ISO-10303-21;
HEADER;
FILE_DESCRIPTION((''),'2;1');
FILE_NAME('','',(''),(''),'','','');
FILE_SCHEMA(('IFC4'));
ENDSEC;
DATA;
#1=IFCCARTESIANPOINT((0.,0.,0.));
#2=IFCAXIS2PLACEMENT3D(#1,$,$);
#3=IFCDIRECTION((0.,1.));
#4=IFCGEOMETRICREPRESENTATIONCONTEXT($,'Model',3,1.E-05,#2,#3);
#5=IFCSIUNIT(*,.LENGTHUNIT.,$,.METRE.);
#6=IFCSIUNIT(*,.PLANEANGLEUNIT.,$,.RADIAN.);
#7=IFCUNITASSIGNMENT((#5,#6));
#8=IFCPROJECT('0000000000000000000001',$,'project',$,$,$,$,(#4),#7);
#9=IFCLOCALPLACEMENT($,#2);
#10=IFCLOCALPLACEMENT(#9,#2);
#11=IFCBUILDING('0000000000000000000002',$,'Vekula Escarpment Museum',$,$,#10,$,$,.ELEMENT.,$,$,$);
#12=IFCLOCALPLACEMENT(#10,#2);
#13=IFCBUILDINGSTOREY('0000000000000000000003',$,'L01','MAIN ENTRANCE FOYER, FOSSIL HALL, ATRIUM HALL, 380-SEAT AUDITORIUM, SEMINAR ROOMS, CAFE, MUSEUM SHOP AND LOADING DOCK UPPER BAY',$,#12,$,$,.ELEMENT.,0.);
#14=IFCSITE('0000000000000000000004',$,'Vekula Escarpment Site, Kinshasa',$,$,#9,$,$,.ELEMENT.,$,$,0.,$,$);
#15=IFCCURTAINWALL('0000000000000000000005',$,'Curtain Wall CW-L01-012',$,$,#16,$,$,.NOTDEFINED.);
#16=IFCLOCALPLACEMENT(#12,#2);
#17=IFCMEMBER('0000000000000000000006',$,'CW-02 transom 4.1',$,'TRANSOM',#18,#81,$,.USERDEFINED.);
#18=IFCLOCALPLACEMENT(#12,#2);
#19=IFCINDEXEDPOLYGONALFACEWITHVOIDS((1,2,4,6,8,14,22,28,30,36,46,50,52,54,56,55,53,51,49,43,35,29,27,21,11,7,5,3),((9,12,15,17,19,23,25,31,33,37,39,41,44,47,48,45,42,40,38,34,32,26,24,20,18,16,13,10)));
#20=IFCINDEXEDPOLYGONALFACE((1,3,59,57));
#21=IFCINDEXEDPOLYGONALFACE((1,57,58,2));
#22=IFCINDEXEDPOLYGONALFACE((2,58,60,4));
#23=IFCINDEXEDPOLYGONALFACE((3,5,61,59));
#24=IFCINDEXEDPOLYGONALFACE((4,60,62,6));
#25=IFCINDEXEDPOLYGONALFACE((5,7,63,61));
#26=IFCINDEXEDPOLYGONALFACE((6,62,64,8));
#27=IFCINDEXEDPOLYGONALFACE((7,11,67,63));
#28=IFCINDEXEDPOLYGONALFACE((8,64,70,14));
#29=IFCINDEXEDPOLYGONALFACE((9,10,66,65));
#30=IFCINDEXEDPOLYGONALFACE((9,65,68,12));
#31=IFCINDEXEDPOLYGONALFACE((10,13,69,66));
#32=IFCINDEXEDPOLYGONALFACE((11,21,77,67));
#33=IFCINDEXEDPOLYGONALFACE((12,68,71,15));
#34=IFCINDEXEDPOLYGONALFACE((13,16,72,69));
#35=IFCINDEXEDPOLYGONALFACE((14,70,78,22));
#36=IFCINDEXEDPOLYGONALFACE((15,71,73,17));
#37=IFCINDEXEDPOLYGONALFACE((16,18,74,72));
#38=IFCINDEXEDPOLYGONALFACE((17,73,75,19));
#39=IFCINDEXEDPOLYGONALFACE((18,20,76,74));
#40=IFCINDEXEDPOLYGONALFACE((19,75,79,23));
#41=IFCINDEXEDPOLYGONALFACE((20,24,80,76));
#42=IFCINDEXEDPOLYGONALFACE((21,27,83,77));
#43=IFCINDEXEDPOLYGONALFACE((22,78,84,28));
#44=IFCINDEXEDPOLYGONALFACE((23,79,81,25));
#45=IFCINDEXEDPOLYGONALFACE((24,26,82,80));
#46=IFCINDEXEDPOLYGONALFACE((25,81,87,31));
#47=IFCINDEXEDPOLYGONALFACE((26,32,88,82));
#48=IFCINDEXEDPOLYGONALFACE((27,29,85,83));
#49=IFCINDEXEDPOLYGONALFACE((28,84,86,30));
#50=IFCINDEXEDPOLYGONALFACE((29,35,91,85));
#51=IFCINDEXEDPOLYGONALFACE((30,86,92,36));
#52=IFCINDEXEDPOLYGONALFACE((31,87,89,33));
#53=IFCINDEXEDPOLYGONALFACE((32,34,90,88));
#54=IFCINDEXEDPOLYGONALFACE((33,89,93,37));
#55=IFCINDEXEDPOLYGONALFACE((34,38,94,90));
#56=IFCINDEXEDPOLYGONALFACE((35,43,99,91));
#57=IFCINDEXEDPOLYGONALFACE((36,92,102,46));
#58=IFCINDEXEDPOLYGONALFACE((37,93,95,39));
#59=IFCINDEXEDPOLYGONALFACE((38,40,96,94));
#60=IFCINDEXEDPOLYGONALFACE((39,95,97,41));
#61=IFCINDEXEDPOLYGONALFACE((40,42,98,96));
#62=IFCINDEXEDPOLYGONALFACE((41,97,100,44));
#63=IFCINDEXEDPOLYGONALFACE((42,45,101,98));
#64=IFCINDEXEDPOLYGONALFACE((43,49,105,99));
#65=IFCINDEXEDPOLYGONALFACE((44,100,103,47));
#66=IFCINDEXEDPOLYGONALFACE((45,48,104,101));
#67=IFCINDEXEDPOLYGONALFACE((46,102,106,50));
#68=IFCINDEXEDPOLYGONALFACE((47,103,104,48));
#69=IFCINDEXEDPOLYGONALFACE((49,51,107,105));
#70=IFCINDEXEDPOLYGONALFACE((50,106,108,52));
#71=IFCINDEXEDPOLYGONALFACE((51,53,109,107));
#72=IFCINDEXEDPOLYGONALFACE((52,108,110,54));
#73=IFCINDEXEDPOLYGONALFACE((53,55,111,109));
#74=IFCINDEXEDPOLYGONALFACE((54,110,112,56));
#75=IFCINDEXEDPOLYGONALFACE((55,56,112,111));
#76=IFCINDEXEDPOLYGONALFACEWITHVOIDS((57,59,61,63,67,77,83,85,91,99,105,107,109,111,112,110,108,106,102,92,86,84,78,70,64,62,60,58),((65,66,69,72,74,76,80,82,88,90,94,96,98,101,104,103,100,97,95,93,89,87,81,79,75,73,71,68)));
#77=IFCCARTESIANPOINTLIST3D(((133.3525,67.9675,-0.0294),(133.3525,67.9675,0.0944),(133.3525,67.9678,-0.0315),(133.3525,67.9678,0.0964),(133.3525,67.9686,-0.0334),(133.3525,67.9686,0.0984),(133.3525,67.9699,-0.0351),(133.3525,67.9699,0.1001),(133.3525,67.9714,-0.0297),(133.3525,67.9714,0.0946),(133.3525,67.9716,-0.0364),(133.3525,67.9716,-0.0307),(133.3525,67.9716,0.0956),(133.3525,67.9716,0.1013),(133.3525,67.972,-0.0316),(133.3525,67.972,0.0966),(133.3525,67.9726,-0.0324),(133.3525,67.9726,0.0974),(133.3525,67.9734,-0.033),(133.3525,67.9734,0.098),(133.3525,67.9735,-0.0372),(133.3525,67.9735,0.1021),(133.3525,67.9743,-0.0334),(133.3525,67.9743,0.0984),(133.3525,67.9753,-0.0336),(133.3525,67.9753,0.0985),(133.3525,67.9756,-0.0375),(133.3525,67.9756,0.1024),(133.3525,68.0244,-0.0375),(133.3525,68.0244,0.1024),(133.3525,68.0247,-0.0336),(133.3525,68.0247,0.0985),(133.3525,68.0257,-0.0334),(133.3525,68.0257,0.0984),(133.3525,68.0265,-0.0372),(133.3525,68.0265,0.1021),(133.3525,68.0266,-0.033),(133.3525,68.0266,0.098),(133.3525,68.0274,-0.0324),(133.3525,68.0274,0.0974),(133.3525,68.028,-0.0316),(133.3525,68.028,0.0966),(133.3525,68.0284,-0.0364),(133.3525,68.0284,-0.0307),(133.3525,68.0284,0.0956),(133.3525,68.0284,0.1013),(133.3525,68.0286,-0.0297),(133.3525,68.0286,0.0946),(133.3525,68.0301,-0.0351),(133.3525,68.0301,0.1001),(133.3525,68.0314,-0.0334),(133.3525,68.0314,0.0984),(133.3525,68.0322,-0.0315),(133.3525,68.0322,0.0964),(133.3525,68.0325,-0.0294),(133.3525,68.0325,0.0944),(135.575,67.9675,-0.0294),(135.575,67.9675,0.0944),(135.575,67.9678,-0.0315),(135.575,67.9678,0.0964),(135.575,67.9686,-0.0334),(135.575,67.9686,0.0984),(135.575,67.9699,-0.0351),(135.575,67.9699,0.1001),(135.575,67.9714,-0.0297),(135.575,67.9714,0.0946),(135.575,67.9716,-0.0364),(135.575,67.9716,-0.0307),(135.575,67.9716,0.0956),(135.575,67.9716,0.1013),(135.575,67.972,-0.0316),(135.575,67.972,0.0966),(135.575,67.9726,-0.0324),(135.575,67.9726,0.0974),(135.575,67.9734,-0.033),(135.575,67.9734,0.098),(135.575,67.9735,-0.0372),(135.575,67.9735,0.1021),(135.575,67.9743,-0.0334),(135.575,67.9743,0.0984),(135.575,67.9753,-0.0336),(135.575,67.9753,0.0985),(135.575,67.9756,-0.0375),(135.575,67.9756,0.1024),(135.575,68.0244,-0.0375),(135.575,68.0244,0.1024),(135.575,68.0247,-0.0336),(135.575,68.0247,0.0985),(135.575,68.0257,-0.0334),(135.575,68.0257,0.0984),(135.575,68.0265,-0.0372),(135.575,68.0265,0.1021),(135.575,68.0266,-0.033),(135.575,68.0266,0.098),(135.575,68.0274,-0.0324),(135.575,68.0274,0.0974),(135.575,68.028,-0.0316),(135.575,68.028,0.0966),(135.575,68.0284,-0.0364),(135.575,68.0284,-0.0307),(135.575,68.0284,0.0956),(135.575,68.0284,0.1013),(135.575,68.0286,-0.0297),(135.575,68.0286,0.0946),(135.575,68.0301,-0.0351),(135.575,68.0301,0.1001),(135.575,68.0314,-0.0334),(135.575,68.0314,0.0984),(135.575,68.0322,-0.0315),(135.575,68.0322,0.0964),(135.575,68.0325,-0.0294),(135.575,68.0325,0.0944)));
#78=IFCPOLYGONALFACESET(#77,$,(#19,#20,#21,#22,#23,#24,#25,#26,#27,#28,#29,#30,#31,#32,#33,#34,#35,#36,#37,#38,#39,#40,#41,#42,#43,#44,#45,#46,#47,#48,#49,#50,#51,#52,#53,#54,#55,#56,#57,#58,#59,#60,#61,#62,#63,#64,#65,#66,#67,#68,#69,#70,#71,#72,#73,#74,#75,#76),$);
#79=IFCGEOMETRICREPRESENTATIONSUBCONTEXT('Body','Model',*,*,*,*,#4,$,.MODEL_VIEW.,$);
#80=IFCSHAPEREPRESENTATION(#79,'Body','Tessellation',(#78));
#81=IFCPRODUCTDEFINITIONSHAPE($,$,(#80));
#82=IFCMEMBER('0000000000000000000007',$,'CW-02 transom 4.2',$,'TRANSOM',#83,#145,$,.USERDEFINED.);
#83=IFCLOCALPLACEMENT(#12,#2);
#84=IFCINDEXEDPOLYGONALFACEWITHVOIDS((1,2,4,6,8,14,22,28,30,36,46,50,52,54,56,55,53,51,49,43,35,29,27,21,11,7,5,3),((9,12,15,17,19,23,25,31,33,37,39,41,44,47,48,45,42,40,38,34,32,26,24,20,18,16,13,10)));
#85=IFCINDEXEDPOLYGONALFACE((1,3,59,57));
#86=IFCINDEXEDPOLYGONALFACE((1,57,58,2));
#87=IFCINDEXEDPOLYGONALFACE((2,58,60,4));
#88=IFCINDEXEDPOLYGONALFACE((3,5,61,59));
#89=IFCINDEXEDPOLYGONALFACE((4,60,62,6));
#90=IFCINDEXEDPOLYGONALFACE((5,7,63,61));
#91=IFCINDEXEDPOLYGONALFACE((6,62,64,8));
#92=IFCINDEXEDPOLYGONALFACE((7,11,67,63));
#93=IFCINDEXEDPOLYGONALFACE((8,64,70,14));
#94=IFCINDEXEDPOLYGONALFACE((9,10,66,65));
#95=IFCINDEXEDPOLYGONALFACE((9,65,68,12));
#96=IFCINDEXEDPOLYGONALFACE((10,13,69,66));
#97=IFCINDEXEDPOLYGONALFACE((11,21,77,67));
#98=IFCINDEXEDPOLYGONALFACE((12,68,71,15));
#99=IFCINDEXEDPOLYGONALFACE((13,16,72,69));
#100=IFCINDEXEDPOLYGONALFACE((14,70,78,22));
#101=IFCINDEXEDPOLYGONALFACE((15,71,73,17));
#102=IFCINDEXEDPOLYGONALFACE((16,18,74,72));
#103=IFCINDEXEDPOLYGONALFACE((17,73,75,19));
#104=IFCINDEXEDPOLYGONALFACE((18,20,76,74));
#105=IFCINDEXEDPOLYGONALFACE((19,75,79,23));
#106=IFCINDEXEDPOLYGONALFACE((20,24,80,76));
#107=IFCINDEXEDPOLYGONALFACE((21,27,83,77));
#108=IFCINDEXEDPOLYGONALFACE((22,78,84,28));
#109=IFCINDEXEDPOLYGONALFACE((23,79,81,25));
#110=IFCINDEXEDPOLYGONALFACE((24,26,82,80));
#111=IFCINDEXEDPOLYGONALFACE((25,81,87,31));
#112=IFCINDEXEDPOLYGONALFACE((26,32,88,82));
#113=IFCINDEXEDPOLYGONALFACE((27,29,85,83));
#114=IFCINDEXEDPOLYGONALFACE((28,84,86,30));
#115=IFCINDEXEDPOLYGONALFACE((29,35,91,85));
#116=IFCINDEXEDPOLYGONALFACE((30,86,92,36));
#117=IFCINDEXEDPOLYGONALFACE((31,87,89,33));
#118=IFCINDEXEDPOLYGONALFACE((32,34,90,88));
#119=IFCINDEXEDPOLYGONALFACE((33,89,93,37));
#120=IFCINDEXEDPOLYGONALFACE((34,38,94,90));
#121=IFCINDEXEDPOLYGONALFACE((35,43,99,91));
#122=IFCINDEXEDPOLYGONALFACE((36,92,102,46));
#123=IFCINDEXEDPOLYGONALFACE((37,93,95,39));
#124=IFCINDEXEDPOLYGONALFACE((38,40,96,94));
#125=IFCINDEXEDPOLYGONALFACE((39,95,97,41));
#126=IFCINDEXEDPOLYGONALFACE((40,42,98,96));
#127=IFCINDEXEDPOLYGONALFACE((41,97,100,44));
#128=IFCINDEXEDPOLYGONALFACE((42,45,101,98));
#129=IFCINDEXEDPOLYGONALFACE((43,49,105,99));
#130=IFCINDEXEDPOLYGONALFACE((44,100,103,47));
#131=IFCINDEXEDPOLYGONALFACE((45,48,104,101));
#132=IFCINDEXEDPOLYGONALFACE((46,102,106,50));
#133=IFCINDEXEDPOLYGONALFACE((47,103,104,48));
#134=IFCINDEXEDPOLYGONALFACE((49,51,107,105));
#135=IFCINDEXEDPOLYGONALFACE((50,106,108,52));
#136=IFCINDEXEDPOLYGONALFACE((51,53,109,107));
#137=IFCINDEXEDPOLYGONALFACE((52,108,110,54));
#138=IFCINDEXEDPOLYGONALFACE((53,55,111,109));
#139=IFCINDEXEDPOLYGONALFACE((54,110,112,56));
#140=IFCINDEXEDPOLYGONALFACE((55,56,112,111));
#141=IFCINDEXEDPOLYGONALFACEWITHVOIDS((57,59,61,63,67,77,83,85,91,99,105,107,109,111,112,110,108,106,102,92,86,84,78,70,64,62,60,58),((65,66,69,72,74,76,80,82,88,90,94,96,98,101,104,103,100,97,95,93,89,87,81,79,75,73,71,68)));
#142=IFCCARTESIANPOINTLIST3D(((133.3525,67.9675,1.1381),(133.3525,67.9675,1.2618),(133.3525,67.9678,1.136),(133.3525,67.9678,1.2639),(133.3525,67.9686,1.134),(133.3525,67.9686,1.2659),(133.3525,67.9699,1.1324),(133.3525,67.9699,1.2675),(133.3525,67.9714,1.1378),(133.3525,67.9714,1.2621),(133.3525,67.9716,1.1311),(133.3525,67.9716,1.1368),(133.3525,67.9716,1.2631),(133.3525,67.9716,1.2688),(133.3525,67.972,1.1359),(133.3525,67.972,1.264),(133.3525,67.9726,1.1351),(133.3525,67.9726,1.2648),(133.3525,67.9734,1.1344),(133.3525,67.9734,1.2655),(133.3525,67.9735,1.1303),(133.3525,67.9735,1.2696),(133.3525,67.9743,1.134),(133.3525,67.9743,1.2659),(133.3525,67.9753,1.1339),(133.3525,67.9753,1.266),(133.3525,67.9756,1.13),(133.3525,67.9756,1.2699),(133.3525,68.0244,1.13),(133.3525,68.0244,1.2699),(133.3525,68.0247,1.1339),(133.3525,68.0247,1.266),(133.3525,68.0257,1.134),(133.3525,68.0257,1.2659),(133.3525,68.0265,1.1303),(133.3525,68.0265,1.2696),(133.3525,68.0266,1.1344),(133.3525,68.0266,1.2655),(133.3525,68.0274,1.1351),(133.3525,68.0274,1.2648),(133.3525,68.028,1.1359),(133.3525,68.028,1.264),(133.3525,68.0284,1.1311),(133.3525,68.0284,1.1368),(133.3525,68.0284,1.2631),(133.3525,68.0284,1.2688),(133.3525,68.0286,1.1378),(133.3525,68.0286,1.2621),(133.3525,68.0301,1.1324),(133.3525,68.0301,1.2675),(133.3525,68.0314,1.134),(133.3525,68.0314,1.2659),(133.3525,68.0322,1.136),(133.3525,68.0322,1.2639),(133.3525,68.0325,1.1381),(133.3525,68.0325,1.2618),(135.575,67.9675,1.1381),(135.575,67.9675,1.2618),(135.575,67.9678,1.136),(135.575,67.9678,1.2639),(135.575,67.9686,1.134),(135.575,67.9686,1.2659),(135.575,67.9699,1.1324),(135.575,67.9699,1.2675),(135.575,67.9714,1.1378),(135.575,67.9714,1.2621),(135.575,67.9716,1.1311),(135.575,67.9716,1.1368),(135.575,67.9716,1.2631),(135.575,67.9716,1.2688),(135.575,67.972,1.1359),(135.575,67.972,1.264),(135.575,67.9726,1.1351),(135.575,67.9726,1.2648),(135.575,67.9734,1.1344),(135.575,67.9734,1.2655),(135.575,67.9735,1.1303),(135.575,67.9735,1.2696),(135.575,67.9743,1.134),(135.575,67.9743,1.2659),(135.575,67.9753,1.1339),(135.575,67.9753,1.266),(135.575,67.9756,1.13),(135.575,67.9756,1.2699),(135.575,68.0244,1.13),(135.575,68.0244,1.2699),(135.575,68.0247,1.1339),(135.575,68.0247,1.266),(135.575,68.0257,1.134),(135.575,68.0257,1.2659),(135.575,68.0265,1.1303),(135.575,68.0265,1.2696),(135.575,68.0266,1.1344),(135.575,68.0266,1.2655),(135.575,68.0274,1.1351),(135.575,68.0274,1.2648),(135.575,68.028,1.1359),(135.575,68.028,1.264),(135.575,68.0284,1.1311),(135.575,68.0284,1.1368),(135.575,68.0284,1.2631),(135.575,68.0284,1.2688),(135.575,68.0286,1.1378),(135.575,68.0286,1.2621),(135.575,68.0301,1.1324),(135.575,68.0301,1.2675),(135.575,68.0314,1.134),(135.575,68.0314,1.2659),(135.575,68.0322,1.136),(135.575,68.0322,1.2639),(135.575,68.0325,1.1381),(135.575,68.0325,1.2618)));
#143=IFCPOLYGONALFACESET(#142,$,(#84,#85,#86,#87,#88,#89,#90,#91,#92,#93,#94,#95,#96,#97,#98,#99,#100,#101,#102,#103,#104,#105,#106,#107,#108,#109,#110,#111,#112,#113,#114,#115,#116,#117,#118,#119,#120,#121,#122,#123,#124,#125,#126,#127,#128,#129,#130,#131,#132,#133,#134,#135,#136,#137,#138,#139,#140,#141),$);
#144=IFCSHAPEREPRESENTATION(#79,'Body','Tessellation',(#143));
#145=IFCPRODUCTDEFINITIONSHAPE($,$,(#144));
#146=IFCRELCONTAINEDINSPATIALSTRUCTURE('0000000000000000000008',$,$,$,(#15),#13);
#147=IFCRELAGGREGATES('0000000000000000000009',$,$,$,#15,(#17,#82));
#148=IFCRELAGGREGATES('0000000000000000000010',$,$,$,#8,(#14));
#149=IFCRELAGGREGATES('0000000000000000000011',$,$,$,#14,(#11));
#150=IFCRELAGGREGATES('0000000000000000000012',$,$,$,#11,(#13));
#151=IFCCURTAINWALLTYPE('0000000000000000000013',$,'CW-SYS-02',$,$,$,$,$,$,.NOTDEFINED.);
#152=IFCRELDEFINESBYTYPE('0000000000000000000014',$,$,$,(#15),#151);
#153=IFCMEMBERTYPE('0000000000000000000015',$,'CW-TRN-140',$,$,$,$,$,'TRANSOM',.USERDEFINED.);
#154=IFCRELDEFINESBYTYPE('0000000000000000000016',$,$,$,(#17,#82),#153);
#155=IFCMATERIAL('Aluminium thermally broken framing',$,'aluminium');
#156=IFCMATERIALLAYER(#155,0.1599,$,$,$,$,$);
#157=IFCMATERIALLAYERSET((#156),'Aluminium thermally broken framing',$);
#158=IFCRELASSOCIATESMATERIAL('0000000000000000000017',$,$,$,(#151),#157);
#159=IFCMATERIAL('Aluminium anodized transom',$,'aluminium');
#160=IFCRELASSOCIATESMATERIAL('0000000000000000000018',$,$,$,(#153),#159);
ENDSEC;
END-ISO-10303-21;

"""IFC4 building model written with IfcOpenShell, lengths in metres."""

from ifc_helpers import new_model, si_unit, direction, frame, origin, origin_2d, place, context, subcontext, project, spatial, hollow_rectangle, extrude, material, layer, layer_set, material_profile, profile_set, type_object, element, aggregate, save


model = new_model("IFC4")

# Units and contexts
model_context = context("Model", 3, precision=1e-05, world=origin(), true_north=direction((0.0, 1.0)))
body_context = subcontext(model_context, "Body", "Model", "MODEL_VIEW")
ifc_project = project(units=[si_unit("LENGTHUNIT", "METRE"), si_unit("PLANEANGLEUNIT", "RADIAN")], contexts=[model_context])

# Site, building, storey
site_placement = place(None, origin())
site = spatial("IfcSite", under=ifc_project, at=site_placement, Name="Vekula Escarpment Site, Kinshasa", CompositionType="ELEMENT", RefElevation=0.0)
building_placement = place(site_placement, origin())
building = spatial("IfcBuilding", under=site, at=building_placement, Name="Vekula Escarpment Museum", CompositionType="ELEMENT")
storey_placement = place(building_placement, origin())
storey = spatial("IfcBuildingStorey", under=building, at=storey_placement, Name="L01", Description="MAIN ENTRANCE FOYER, FOSSIL HALL, ATRIUM HALL, 380-SEAT AUDITORIUM, SEMINAR ROOMS, CAFE, MUSEUM SHOP AND LOADING DOCK UPPER BAY", CompositionType="ELEMENT", Elevation=0.0)

# Curtain wall, members
ifc_material_1 = material(Name="Aluminium thermally broken framing", Category="aluminium")
ifc_layer_1 = layer(ifc_material_1, 0.1599)
ifc_layer_set_1 = layer_set([ifc_layer_1], Name="Aluminium thermally broken framing")
curtain_wall_type = type_object("IfcCurtainWallType", Name="CW-SYS-02", PredefinedType="NOTDEFINED", material=ifc_layer_set_1)
curtain_wall_placement = place(storey_placement, origin())
curtain_wall = element("IfcCurtainWall", 1, at=curtain_wall_placement, inside=storey, type_object=curtain_wall_type, Name="Curtain Wall CW-L01-012", PredefinedType="NOTDEFINED")
ifc_material_2 = material(Name="Aluminium anodized transom", Category="aluminium")
ifc_material_profile_1 = material_profile(ifc_material_2, hollow_rectangle(XDim=0.0649, YDim=0.1399, WallThickness=0.0039, InnerFilletRadius=0.0039, OuterFilletRadius=0.0081, at=origin_2d()), Name="ALU 140x65x4")
ifc_profile_set_1 = profile_set([ifc_material_profile_1], Name="Aluminium anodized transom")
member_type_1 = type_object("IfcMemberType", Name="CW-TRN-140", ElementType="TRANSOM", PredefinedType="USERDEFINED", material=ifc_profile_set_1)
member_1_placement = place(storey_placement, frame((133.3525, 68.0, 0.0325), z_axis=(1.0, 0.0, 0.0), x_axis=(0.0, 1.0, 0.0)))
member_1 = element("IfcMember", 2, at=member_1_placement, type_object=member_type_1, Name="CW-02 transom 4.1", ObjectType="TRANSOM", PredefinedType="USERDEFINED", context=body_context, shape_type="SweptSolid", body=[
    extrude(hollow_rectangle(XDim=0.0649, YDim=0.1399, WallThickness=0.0039, InnerFilletRadius=0.0039, OuterFilletRadius=0.0081, at=origin_2d()), origin(), (0.0, 0.0, 1.0), 2.2224),
])
member_2_placement = place(storey_placement, frame((133.3525, 68.0, 1.2), z_axis=(1.0, 0.0, 0.0), x_axis=(0.0, 1.0, 0.0)))
member_2 = element("IfcMember", 3, at=member_2_placement, type_object=member_type_1, Name="CW-02 transom 4.2", ObjectType="TRANSOM", PredefinedType="USERDEFINED", context=body_context, shape_type="SweptSolid", body=[
    extrude(hollow_rectangle(XDim=0.0649, YDim=0.1399, WallThickness=0.0039, InnerFilletRadius=0.0039, OuterFilletRadius=0.0081, at=origin_2d()), origin(), (0.0, 0.0, 1.0), 2.2224),
])
aggregate(curtain_wall, [member_1, member_2])

save(model, "model.ifc")
